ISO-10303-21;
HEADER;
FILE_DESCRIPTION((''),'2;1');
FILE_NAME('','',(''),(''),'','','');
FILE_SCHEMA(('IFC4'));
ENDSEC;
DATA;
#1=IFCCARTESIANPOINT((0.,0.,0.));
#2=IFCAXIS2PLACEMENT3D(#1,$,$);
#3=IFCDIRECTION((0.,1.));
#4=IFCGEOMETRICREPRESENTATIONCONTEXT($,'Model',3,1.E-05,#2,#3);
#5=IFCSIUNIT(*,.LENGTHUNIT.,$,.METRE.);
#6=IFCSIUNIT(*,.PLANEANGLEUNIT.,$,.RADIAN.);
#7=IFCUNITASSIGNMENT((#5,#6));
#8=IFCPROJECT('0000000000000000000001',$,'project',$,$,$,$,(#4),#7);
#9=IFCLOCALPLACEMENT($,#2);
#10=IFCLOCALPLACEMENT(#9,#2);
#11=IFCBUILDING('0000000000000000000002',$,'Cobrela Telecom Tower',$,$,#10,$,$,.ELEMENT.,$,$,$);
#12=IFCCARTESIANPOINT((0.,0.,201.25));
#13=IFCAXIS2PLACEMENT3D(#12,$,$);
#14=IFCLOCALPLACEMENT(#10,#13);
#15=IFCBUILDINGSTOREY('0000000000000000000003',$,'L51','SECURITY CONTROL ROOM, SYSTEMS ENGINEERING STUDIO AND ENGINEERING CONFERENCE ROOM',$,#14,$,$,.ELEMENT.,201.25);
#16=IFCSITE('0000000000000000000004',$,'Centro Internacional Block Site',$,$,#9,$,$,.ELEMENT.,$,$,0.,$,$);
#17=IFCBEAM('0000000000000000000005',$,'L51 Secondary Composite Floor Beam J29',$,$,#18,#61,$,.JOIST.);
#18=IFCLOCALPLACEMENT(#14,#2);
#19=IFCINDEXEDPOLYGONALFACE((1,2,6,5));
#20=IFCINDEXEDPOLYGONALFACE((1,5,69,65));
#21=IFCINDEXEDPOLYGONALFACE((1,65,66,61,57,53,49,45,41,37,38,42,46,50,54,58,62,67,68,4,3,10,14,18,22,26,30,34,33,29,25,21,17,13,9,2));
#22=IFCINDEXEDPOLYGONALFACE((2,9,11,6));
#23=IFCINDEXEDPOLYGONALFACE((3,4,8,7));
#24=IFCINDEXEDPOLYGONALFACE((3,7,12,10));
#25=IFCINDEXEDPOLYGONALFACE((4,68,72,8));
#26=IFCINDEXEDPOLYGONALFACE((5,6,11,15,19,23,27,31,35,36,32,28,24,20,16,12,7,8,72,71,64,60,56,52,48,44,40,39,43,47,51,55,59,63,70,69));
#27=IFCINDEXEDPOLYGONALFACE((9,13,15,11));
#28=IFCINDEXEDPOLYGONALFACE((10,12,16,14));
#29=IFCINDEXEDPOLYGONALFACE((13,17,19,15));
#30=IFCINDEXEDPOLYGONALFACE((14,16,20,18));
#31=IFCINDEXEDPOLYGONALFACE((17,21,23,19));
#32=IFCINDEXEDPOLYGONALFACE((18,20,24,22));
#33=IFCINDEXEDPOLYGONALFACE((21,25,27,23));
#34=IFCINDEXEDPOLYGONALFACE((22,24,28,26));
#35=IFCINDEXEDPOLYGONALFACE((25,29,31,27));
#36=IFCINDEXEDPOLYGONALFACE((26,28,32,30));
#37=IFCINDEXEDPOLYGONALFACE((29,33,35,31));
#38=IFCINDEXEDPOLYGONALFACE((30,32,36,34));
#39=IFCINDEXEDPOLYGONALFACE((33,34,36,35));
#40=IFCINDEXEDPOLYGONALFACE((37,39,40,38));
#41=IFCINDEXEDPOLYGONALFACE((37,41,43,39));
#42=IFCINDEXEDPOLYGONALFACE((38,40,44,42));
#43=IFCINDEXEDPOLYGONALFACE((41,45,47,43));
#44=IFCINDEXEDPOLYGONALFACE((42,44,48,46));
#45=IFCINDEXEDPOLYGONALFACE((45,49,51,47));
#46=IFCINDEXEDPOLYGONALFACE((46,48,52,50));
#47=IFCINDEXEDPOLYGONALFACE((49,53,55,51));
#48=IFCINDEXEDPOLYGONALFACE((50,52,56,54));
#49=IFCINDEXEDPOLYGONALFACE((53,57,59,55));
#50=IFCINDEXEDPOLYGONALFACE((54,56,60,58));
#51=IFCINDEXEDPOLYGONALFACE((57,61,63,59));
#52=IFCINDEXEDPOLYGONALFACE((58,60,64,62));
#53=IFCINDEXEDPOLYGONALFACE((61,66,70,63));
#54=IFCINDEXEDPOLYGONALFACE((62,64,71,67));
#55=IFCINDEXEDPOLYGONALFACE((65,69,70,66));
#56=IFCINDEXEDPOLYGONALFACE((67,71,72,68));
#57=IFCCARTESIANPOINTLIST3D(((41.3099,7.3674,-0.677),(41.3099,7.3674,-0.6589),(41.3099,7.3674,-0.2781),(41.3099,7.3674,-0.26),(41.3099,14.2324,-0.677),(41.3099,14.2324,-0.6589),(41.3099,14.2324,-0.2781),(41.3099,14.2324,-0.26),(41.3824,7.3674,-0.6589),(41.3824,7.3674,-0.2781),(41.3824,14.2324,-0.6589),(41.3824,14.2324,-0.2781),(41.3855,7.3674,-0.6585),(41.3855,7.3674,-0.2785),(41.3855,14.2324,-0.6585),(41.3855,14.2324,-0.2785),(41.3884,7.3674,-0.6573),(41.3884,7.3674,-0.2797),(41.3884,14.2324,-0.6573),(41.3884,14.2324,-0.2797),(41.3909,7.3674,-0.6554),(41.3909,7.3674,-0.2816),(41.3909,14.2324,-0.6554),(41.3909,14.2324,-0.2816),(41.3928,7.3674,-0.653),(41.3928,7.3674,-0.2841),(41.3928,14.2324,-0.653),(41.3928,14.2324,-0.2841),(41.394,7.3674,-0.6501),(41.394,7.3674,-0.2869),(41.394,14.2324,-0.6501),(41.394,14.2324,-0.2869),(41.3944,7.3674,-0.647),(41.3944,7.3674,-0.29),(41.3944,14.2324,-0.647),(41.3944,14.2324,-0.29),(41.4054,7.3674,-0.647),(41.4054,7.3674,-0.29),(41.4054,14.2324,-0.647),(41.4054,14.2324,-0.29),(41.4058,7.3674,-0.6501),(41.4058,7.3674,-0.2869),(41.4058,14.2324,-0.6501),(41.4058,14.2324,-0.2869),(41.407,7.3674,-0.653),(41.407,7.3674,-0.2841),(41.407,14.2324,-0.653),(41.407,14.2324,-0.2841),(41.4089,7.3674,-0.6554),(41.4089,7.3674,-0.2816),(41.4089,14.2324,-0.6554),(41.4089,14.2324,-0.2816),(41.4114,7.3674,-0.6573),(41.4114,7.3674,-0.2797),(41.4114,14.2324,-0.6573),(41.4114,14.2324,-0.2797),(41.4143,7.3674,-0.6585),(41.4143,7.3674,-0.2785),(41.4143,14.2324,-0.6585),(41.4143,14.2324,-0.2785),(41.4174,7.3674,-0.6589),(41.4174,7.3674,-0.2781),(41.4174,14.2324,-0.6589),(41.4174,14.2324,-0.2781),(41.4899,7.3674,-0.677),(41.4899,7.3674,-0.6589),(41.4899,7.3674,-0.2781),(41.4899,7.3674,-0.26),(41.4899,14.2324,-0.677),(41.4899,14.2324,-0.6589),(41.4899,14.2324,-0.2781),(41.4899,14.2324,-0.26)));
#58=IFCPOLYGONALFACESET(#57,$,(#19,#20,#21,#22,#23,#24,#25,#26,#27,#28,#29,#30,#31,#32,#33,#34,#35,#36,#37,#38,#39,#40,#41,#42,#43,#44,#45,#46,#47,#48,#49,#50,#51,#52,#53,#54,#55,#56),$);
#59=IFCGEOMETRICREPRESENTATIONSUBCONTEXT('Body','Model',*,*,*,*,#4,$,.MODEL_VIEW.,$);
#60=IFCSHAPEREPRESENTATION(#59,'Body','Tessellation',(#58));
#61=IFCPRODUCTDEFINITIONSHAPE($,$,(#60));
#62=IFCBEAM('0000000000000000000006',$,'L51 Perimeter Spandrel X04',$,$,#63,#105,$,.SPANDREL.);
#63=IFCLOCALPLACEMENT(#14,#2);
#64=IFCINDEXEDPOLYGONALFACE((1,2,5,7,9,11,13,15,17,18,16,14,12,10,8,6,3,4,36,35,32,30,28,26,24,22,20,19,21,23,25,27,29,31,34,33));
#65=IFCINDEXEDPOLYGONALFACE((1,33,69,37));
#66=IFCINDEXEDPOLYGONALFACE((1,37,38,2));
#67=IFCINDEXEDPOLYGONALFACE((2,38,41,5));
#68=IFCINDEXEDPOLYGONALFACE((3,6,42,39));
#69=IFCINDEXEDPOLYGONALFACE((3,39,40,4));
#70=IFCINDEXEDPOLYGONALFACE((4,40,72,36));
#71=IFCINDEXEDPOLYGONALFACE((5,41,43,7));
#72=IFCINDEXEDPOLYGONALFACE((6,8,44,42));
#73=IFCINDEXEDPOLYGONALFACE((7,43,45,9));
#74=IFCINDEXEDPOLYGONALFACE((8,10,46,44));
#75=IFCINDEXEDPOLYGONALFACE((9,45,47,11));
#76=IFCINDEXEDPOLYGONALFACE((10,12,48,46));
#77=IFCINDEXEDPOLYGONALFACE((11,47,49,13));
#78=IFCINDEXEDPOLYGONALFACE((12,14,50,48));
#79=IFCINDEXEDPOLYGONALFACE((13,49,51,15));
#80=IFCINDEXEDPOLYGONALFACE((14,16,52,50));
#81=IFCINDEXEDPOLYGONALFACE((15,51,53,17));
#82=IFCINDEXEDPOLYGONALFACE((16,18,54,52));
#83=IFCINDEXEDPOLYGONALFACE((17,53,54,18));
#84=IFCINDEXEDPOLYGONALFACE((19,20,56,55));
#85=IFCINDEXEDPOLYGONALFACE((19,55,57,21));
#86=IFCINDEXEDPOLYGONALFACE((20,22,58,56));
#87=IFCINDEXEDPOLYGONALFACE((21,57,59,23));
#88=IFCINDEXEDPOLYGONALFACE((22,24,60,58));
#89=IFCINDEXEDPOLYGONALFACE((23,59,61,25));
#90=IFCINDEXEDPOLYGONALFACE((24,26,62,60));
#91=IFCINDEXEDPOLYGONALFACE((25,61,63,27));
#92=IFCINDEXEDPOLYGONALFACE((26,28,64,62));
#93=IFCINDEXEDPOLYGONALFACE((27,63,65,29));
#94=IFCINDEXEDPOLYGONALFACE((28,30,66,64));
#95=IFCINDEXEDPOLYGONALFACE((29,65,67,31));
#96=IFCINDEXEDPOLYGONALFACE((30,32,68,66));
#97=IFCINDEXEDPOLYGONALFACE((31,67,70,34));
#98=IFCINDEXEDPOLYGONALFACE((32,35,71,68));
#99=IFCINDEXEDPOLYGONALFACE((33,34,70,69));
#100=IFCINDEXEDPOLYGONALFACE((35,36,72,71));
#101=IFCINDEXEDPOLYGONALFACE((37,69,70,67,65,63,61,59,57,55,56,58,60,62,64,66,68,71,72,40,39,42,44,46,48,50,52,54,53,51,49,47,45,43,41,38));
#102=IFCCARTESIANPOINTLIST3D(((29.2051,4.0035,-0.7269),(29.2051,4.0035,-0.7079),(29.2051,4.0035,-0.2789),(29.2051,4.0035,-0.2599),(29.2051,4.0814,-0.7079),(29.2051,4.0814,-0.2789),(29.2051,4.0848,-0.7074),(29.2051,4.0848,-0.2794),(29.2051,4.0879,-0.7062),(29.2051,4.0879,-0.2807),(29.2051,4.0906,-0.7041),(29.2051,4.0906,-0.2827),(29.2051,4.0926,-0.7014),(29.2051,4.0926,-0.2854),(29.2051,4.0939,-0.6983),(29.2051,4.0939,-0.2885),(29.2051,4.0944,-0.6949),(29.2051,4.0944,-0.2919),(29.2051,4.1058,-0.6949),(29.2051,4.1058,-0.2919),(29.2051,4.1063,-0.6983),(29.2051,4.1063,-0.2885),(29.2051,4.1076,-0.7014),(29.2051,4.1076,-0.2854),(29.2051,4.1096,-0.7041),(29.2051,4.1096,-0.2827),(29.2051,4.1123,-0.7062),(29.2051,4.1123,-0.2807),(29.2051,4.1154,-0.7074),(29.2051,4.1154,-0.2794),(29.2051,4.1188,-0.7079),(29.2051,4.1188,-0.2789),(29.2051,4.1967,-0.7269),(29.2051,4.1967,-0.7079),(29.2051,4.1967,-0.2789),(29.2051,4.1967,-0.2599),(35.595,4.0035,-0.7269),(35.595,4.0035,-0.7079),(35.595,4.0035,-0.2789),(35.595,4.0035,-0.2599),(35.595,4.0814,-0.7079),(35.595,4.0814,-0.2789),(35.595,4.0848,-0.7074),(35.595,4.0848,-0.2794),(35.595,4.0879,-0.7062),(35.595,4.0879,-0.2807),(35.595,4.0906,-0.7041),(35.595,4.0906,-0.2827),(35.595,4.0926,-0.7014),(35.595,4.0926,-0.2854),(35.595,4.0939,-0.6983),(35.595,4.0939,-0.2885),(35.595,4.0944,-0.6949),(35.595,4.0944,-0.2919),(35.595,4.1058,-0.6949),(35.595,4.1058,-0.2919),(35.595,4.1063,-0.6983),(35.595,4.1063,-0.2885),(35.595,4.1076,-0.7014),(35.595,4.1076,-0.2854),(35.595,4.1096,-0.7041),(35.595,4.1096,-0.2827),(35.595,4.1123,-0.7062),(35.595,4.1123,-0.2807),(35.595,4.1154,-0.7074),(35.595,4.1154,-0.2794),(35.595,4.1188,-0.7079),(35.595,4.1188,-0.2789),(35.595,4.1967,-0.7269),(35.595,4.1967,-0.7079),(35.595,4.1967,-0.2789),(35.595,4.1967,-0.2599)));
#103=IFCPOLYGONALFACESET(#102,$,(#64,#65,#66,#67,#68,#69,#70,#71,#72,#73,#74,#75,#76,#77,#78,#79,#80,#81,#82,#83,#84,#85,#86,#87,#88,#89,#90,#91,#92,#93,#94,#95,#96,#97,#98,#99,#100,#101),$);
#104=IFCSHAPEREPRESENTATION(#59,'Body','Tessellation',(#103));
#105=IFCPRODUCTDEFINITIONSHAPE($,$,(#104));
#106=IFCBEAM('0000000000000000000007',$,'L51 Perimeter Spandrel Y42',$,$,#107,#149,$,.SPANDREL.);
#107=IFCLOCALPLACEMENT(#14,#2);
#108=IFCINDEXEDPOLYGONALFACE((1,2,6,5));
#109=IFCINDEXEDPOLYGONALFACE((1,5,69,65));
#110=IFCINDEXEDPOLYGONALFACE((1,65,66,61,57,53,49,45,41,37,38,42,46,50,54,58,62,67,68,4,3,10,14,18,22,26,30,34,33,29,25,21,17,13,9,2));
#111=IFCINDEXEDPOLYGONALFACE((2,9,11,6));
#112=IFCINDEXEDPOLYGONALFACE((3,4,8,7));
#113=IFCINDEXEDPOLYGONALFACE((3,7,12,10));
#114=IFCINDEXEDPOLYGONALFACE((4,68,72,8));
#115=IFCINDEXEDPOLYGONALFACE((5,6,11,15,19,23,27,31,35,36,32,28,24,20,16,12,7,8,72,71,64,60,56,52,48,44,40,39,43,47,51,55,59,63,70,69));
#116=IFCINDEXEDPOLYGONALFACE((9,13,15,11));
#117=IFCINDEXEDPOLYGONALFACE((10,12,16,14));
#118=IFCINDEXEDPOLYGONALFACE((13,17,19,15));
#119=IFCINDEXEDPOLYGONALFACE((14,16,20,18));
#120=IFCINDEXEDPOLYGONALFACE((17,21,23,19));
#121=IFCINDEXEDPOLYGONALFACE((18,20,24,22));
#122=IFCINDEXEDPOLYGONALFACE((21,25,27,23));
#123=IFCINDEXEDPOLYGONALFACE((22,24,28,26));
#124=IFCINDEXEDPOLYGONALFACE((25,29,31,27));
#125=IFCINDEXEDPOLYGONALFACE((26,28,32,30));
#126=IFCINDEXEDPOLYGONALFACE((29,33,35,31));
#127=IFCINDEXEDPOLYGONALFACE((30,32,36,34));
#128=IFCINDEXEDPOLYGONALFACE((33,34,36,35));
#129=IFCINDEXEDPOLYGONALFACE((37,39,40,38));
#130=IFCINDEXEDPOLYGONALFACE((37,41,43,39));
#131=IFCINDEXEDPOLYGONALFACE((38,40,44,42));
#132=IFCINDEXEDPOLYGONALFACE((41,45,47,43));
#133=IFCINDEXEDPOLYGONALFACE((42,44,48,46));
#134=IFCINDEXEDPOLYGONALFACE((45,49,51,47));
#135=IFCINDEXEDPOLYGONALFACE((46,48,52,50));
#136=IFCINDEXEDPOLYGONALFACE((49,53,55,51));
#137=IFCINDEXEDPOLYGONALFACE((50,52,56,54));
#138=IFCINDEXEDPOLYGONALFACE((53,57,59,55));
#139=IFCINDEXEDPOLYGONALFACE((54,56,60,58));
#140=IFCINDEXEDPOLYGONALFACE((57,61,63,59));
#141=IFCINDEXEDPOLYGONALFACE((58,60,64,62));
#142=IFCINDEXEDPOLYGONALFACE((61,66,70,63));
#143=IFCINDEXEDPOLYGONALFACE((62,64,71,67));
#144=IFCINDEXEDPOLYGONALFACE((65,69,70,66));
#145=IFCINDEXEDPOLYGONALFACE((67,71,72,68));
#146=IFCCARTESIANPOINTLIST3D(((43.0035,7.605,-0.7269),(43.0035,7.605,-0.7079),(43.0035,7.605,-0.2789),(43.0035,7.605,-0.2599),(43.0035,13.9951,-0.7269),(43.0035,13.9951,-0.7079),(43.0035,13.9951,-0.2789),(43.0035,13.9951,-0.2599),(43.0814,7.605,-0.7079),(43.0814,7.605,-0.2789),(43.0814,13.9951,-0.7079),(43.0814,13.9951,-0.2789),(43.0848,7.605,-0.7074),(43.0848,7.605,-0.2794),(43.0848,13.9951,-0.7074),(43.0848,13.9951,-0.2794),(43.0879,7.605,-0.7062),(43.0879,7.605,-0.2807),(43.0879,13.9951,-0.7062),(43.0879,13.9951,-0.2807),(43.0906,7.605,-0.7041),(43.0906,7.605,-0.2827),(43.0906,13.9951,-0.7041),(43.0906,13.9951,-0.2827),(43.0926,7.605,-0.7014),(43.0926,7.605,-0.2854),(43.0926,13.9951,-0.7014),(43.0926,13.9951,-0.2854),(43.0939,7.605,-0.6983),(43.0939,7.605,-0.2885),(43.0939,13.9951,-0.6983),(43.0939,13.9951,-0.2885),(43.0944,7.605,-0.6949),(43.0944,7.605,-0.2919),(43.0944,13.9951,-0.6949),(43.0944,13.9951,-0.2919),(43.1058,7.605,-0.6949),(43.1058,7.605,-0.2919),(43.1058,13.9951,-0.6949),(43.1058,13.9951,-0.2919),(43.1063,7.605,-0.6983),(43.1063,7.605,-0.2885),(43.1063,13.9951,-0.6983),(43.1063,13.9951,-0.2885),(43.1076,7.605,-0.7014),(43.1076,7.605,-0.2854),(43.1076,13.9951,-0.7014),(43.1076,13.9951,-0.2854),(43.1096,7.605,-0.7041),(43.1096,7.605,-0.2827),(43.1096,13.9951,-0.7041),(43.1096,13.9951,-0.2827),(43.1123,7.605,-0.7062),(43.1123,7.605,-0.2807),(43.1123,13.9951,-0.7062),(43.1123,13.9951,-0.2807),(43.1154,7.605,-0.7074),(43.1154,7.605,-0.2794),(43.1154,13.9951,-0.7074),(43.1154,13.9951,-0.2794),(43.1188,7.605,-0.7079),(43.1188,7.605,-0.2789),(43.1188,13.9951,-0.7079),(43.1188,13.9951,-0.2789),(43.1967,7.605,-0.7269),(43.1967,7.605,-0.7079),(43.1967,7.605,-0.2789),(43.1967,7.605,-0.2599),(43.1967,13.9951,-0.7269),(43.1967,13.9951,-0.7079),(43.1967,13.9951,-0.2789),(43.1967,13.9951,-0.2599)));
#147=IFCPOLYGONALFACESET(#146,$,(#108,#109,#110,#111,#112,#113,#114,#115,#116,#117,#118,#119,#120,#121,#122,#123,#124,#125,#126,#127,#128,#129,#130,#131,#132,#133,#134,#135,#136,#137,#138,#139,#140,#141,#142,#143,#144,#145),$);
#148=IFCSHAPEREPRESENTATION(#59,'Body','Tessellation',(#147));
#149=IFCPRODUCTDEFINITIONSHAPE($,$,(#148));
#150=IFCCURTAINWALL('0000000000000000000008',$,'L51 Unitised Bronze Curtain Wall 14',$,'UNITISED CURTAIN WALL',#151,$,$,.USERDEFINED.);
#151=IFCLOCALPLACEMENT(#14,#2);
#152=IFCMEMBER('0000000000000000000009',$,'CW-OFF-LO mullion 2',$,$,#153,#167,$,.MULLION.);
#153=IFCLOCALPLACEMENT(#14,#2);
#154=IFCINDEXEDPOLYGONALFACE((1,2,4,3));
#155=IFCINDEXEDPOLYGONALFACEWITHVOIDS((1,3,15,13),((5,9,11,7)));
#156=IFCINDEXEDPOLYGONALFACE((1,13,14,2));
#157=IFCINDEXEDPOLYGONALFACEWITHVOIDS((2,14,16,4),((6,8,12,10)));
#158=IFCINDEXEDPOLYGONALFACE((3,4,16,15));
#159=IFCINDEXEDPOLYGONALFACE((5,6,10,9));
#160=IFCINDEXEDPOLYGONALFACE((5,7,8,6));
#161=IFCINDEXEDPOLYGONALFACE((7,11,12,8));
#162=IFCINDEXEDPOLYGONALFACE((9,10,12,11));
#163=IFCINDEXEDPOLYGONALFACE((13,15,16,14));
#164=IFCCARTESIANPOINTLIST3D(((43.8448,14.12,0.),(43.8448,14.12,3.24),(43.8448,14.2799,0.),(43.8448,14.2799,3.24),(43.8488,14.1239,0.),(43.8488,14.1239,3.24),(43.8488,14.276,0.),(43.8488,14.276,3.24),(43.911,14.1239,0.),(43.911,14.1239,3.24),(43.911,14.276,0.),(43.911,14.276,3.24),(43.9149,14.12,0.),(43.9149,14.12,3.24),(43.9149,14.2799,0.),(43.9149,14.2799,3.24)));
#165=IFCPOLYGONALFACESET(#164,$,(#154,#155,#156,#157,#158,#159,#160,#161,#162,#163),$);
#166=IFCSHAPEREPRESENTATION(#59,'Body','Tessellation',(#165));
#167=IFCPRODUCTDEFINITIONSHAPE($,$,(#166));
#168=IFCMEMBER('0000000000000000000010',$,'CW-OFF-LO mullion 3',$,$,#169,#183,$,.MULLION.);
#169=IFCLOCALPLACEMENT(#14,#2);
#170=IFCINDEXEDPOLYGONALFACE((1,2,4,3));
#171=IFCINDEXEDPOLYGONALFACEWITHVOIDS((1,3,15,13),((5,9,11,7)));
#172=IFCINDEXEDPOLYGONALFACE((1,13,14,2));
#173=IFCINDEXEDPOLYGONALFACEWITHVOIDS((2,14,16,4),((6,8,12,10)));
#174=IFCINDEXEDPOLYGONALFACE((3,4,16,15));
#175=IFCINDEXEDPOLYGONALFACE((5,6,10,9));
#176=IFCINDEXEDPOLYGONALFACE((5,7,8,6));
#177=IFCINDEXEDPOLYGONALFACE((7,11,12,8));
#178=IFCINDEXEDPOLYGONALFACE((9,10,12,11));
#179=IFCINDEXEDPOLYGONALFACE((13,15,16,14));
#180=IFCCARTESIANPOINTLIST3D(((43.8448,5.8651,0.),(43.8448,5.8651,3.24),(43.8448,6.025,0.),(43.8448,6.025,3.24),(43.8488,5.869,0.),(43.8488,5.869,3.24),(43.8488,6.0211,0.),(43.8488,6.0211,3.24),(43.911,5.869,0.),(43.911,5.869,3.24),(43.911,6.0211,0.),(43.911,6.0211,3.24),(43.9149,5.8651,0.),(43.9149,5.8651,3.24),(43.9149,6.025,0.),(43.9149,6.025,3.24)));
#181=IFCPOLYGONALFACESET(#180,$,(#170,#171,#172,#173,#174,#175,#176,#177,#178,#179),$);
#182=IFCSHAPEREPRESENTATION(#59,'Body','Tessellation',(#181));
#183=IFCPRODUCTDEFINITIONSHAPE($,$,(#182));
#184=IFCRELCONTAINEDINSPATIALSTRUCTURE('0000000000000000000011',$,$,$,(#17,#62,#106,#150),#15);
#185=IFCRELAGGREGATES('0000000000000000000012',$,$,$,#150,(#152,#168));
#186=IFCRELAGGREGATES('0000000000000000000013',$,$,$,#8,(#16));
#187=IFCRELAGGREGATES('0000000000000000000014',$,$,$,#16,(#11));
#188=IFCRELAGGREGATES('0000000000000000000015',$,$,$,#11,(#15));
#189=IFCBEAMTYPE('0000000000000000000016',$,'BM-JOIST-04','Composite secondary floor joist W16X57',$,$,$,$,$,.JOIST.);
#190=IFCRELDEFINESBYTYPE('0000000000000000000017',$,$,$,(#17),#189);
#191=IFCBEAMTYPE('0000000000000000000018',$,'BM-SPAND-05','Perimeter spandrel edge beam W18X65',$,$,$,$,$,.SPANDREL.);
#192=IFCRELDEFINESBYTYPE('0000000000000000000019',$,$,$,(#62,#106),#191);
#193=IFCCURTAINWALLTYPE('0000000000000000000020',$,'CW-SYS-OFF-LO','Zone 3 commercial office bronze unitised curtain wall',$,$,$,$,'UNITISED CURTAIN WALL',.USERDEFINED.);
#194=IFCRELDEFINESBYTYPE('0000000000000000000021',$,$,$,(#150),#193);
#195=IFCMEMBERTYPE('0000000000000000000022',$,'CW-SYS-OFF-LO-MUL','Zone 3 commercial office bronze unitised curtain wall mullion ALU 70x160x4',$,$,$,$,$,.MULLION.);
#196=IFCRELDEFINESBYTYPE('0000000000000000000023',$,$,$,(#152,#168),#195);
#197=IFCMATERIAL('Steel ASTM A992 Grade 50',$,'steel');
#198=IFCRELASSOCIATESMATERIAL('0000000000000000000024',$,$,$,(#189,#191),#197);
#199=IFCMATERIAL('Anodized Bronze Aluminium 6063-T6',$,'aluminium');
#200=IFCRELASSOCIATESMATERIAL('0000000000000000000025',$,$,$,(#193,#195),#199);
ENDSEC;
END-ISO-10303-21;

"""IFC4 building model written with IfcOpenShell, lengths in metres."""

from ifc_helpers import new_model, si_unit, direction, frame, origin, origin_2d, place, context, subcontext, project, spatial, hollow_rectangle, i_section, extrude, material, material_profile, profile_set, type_object, element, aggregate, save


model = new_model("IFC4")

# Units and contexts
model_context = context("Model", 3, precision=1e-05, world=origin(), true_north=direction((0.0, 1.0)))
body_context = subcontext(model_context, "Body", "Model", "MODEL_VIEW")
ifc_project = project(units=[si_unit("LENGTHUNIT", "METRE"), si_unit("PLANEANGLEUNIT", "RADIAN")], contexts=[model_context])

# Site, building, storey
site_placement = place(None, origin())
site = spatial("IfcSite", under=ifc_project, at=site_placement, Name="Centro Internacional Block Site", CompositionType="ELEMENT", RefElevation=0.0)
building_placement = place(site_placement, origin())
building = spatial("IfcBuilding", under=site, at=building_placement, Name="Cobrela Telecom Tower", CompositionType="ELEMENT")
storey_placement = place(building_placement, frame((0.0, 0.0, 201.25)))
storey = spatial("IfcBuildingStorey", under=building, at=storey_placement, Name="L51", Description="SECURITY CONTROL ROOM, SYSTEMS ENGINEERING STUDIO AND ENGINEERING CONFERENCE ROOM", CompositionType="ELEMENT", Elevation=201.25)

# Shared definitions
ifc_material_1 = material(Name="Steel ASTM A992 Grade 50", Category="steel")

# Beams
ifc_material_profile_1 = material_profile(ifc_material_1, i_section(OverallWidth=0.1799, OverallDepth=0.417, WebThickness=0.011, FlangeThickness=0.0181, FilletRadius=0.012, at=origin_2d()), Name="W16X57")
ifc_profile_set_1 = profile_set([ifc_material_profile_1], Name="Steel ASTM A992 Grade 50")
beam_type_1 = type_object("IfcBeamType", Name="BM-JOIST-04", Description="Composite secondary floor joist W16X57", PredefinedType="JOIST", material=ifc_profile_set_1)
for number, where, z_axis, x_axis, name in (
    (1, (41.3999, 7.3674, -0.4685), (0.0, 1.0, 0.0), (-1.0, 0.0, 0.0), "L51 Secondary Composite Floor Beam J29"),
):
    element("IfcBeam", number, at=place(storey_placement, frame(where, z_axis=z_axis, x_axis=x_axis)), inside=storey, type_object=beam_type_1, Name=name, PredefinedType="JOIST", context=body_context, shape_type="SweptSolid", body=[
        extrude(i_section(OverallWidth=0.1799, OverallDepth=0.417, WebThickness=0.011, FlangeThickness=0.0181, FilletRadius=0.012, at=origin_2d()), origin(), (0.0, 0.0, 1.0), 6.865),
    ])
ifc_material_profile_2 = material_profile(ifc_material_1, i_section(OverallWidth=0.1931, OverallDepth=0.467, WebThickness=0.0115, FlangeThickness=0.019, FilletRadius=0.0129, at=origin_2d()), Name="W18X65")
ifc_profile_set_2 = profile_set([ifc_material_profile_2], Name="Steel ASTM A992 Grade 50")
beam_type_2 = type_object("IfcBeamType", Name="BM-SPAND-05", Description="Perimeter spandrel edge beam W18X65", PredefinedType="SPANDREL", material=ifc_profile_set_2)
beam_1_placement = place(storey_placement, frame((29.2051, 4.1001, -0.4934), z_axis=(1.0, 0.0, 0.0), x_axis=(0.0, 1.0, 0.0)))
element("IfcBeam", 2, at=beam_1_placement, inside=storey, type_object=beam_type_2, Name="L51 Perimeter Spandrel X04", PredefinedType="SPANDREL", context=body_context, shape_type="SweptSolid", body=[
    extrude(i_section(OverallWidth=0.1931, OverallDepth=0.467, WebThickness=0.0115, FlangeThickness=0.019, FilletRadius=0.0129, at=origin_2d()), origin(), (0.0, 0.0, 1.0), 6.3899),
])
beam_2_placement = place(storey_placement, frame((43.1001, 7.605, -0.4934), z_axis=(0.0, 1.0, 0.0), x_axis=(-1.0, 0.0, 0.0)))
element("IfcBeam", 3, at=beam_2_placement, inside=storey, type_object=beam_type_2, Name="L51 Perimeter Spandrel Y42", PredefinedType="SPANDREL", context=body_context, shape_type="SweptSolid", body=[
    extrude(i_section(OverallWidth=0.1931, OverallDepth=0.467, WebThickness=0.0115, FlangeThickness=0.019, FilletRadius=0.0129, at=origin_2d()), origin(), (0.0, 0.0, 1.0), 6.3901),
])

# Curtain wall, members
ifc_material_2 = material(Name="Anodized Bronze Aluminium 6063-T6", Category="aluminium")
curtain_wall_type = type_object("IfcCurtainWallType", Name="CW-SYS-OFF-LO", Description="Zone 3 commercial office bronze unitised curtain wall", ElementType="UNITISED CURTAIN WALL", PredefinedType="USERDEFINED", material=ifc_material_2)
curtain_wall_1_placement = place(storey_placement, origin())
curtain_wall_1 = element("IfcCurtainWall", 4, at=curtain_wall_1_placement, inside=storey, type_object=curtain_wall_type, Name="L51 Unitised Bronze Curtain Wall 14", ObjectType="UNITISED CURTAIN WALL", PredefinedType="USERDEFINED")
ifc_material_profile_3 = material_profile(ifc_material_2, hollow_rectangle(XDim=0.0701, YDim=0.1599, WallThickness=0.0039, at=origin_2d()), Name="ALU 70x160x4")
ifc_profile_set_3 = profile_set([ifc_material_profile_3], Name="Anodized Bronze Aluminium 6063-T6")
member_type_1 = type_object("IfcMemberType", Name="CW-SYS-OFF-LO-MUL", Description="Zone 3 commercial office bronze unitised curtain wall mullion ALU 70x160x4", PredefinedType="MULLION", material=ifc_profile_set_3)
member_1_placement = place(storey_placement, frame((43.8799, 14.2, 0.0), z_axis=(0.0, 0.0, 1.0), x_axis=(1.0, 0.0, 0.0)))
member_1 = element("IfcMember", 5, at=member_1_placement, type_object=member_type_1, Name="CW-OFF-LO mullion 2", PredefinedType="MULLION", context=body_context, shape_type="SweptSolid", body=[
    extrude(hollow_rectangle(XDim=0.0701, YDim=0.1599, WallThickness=0.0039, at=origin_2d()), origin(), (0.0, 0.0, 1.0), 3.24),
])
member_2_placement = place(storey_placement, frame((43.8799, 5.9451, 0.0), z_axis=(0.0, 0.0, 1.0), x_axis=(1.0, 0.0, 0.0)))
member_2 = element("IfcMember", 6, at=member_2_placement, type_object=member_type_1, Name="CW-OFF-LO mullion 3", PredefinedType="MULLION", context=body_context, shape_type="SweptSolid", body=[
    extrude(hollow_rectangle(XDim=0.0701, YDim=0.1599, WallThickness=0.0039, at=origin_2d()), origin(), (0.0, 0.0, 1.0), 3.24),
])

aggregate(curtain_wall_1, [member_1, member_2])

save(model, "model.ifc")
